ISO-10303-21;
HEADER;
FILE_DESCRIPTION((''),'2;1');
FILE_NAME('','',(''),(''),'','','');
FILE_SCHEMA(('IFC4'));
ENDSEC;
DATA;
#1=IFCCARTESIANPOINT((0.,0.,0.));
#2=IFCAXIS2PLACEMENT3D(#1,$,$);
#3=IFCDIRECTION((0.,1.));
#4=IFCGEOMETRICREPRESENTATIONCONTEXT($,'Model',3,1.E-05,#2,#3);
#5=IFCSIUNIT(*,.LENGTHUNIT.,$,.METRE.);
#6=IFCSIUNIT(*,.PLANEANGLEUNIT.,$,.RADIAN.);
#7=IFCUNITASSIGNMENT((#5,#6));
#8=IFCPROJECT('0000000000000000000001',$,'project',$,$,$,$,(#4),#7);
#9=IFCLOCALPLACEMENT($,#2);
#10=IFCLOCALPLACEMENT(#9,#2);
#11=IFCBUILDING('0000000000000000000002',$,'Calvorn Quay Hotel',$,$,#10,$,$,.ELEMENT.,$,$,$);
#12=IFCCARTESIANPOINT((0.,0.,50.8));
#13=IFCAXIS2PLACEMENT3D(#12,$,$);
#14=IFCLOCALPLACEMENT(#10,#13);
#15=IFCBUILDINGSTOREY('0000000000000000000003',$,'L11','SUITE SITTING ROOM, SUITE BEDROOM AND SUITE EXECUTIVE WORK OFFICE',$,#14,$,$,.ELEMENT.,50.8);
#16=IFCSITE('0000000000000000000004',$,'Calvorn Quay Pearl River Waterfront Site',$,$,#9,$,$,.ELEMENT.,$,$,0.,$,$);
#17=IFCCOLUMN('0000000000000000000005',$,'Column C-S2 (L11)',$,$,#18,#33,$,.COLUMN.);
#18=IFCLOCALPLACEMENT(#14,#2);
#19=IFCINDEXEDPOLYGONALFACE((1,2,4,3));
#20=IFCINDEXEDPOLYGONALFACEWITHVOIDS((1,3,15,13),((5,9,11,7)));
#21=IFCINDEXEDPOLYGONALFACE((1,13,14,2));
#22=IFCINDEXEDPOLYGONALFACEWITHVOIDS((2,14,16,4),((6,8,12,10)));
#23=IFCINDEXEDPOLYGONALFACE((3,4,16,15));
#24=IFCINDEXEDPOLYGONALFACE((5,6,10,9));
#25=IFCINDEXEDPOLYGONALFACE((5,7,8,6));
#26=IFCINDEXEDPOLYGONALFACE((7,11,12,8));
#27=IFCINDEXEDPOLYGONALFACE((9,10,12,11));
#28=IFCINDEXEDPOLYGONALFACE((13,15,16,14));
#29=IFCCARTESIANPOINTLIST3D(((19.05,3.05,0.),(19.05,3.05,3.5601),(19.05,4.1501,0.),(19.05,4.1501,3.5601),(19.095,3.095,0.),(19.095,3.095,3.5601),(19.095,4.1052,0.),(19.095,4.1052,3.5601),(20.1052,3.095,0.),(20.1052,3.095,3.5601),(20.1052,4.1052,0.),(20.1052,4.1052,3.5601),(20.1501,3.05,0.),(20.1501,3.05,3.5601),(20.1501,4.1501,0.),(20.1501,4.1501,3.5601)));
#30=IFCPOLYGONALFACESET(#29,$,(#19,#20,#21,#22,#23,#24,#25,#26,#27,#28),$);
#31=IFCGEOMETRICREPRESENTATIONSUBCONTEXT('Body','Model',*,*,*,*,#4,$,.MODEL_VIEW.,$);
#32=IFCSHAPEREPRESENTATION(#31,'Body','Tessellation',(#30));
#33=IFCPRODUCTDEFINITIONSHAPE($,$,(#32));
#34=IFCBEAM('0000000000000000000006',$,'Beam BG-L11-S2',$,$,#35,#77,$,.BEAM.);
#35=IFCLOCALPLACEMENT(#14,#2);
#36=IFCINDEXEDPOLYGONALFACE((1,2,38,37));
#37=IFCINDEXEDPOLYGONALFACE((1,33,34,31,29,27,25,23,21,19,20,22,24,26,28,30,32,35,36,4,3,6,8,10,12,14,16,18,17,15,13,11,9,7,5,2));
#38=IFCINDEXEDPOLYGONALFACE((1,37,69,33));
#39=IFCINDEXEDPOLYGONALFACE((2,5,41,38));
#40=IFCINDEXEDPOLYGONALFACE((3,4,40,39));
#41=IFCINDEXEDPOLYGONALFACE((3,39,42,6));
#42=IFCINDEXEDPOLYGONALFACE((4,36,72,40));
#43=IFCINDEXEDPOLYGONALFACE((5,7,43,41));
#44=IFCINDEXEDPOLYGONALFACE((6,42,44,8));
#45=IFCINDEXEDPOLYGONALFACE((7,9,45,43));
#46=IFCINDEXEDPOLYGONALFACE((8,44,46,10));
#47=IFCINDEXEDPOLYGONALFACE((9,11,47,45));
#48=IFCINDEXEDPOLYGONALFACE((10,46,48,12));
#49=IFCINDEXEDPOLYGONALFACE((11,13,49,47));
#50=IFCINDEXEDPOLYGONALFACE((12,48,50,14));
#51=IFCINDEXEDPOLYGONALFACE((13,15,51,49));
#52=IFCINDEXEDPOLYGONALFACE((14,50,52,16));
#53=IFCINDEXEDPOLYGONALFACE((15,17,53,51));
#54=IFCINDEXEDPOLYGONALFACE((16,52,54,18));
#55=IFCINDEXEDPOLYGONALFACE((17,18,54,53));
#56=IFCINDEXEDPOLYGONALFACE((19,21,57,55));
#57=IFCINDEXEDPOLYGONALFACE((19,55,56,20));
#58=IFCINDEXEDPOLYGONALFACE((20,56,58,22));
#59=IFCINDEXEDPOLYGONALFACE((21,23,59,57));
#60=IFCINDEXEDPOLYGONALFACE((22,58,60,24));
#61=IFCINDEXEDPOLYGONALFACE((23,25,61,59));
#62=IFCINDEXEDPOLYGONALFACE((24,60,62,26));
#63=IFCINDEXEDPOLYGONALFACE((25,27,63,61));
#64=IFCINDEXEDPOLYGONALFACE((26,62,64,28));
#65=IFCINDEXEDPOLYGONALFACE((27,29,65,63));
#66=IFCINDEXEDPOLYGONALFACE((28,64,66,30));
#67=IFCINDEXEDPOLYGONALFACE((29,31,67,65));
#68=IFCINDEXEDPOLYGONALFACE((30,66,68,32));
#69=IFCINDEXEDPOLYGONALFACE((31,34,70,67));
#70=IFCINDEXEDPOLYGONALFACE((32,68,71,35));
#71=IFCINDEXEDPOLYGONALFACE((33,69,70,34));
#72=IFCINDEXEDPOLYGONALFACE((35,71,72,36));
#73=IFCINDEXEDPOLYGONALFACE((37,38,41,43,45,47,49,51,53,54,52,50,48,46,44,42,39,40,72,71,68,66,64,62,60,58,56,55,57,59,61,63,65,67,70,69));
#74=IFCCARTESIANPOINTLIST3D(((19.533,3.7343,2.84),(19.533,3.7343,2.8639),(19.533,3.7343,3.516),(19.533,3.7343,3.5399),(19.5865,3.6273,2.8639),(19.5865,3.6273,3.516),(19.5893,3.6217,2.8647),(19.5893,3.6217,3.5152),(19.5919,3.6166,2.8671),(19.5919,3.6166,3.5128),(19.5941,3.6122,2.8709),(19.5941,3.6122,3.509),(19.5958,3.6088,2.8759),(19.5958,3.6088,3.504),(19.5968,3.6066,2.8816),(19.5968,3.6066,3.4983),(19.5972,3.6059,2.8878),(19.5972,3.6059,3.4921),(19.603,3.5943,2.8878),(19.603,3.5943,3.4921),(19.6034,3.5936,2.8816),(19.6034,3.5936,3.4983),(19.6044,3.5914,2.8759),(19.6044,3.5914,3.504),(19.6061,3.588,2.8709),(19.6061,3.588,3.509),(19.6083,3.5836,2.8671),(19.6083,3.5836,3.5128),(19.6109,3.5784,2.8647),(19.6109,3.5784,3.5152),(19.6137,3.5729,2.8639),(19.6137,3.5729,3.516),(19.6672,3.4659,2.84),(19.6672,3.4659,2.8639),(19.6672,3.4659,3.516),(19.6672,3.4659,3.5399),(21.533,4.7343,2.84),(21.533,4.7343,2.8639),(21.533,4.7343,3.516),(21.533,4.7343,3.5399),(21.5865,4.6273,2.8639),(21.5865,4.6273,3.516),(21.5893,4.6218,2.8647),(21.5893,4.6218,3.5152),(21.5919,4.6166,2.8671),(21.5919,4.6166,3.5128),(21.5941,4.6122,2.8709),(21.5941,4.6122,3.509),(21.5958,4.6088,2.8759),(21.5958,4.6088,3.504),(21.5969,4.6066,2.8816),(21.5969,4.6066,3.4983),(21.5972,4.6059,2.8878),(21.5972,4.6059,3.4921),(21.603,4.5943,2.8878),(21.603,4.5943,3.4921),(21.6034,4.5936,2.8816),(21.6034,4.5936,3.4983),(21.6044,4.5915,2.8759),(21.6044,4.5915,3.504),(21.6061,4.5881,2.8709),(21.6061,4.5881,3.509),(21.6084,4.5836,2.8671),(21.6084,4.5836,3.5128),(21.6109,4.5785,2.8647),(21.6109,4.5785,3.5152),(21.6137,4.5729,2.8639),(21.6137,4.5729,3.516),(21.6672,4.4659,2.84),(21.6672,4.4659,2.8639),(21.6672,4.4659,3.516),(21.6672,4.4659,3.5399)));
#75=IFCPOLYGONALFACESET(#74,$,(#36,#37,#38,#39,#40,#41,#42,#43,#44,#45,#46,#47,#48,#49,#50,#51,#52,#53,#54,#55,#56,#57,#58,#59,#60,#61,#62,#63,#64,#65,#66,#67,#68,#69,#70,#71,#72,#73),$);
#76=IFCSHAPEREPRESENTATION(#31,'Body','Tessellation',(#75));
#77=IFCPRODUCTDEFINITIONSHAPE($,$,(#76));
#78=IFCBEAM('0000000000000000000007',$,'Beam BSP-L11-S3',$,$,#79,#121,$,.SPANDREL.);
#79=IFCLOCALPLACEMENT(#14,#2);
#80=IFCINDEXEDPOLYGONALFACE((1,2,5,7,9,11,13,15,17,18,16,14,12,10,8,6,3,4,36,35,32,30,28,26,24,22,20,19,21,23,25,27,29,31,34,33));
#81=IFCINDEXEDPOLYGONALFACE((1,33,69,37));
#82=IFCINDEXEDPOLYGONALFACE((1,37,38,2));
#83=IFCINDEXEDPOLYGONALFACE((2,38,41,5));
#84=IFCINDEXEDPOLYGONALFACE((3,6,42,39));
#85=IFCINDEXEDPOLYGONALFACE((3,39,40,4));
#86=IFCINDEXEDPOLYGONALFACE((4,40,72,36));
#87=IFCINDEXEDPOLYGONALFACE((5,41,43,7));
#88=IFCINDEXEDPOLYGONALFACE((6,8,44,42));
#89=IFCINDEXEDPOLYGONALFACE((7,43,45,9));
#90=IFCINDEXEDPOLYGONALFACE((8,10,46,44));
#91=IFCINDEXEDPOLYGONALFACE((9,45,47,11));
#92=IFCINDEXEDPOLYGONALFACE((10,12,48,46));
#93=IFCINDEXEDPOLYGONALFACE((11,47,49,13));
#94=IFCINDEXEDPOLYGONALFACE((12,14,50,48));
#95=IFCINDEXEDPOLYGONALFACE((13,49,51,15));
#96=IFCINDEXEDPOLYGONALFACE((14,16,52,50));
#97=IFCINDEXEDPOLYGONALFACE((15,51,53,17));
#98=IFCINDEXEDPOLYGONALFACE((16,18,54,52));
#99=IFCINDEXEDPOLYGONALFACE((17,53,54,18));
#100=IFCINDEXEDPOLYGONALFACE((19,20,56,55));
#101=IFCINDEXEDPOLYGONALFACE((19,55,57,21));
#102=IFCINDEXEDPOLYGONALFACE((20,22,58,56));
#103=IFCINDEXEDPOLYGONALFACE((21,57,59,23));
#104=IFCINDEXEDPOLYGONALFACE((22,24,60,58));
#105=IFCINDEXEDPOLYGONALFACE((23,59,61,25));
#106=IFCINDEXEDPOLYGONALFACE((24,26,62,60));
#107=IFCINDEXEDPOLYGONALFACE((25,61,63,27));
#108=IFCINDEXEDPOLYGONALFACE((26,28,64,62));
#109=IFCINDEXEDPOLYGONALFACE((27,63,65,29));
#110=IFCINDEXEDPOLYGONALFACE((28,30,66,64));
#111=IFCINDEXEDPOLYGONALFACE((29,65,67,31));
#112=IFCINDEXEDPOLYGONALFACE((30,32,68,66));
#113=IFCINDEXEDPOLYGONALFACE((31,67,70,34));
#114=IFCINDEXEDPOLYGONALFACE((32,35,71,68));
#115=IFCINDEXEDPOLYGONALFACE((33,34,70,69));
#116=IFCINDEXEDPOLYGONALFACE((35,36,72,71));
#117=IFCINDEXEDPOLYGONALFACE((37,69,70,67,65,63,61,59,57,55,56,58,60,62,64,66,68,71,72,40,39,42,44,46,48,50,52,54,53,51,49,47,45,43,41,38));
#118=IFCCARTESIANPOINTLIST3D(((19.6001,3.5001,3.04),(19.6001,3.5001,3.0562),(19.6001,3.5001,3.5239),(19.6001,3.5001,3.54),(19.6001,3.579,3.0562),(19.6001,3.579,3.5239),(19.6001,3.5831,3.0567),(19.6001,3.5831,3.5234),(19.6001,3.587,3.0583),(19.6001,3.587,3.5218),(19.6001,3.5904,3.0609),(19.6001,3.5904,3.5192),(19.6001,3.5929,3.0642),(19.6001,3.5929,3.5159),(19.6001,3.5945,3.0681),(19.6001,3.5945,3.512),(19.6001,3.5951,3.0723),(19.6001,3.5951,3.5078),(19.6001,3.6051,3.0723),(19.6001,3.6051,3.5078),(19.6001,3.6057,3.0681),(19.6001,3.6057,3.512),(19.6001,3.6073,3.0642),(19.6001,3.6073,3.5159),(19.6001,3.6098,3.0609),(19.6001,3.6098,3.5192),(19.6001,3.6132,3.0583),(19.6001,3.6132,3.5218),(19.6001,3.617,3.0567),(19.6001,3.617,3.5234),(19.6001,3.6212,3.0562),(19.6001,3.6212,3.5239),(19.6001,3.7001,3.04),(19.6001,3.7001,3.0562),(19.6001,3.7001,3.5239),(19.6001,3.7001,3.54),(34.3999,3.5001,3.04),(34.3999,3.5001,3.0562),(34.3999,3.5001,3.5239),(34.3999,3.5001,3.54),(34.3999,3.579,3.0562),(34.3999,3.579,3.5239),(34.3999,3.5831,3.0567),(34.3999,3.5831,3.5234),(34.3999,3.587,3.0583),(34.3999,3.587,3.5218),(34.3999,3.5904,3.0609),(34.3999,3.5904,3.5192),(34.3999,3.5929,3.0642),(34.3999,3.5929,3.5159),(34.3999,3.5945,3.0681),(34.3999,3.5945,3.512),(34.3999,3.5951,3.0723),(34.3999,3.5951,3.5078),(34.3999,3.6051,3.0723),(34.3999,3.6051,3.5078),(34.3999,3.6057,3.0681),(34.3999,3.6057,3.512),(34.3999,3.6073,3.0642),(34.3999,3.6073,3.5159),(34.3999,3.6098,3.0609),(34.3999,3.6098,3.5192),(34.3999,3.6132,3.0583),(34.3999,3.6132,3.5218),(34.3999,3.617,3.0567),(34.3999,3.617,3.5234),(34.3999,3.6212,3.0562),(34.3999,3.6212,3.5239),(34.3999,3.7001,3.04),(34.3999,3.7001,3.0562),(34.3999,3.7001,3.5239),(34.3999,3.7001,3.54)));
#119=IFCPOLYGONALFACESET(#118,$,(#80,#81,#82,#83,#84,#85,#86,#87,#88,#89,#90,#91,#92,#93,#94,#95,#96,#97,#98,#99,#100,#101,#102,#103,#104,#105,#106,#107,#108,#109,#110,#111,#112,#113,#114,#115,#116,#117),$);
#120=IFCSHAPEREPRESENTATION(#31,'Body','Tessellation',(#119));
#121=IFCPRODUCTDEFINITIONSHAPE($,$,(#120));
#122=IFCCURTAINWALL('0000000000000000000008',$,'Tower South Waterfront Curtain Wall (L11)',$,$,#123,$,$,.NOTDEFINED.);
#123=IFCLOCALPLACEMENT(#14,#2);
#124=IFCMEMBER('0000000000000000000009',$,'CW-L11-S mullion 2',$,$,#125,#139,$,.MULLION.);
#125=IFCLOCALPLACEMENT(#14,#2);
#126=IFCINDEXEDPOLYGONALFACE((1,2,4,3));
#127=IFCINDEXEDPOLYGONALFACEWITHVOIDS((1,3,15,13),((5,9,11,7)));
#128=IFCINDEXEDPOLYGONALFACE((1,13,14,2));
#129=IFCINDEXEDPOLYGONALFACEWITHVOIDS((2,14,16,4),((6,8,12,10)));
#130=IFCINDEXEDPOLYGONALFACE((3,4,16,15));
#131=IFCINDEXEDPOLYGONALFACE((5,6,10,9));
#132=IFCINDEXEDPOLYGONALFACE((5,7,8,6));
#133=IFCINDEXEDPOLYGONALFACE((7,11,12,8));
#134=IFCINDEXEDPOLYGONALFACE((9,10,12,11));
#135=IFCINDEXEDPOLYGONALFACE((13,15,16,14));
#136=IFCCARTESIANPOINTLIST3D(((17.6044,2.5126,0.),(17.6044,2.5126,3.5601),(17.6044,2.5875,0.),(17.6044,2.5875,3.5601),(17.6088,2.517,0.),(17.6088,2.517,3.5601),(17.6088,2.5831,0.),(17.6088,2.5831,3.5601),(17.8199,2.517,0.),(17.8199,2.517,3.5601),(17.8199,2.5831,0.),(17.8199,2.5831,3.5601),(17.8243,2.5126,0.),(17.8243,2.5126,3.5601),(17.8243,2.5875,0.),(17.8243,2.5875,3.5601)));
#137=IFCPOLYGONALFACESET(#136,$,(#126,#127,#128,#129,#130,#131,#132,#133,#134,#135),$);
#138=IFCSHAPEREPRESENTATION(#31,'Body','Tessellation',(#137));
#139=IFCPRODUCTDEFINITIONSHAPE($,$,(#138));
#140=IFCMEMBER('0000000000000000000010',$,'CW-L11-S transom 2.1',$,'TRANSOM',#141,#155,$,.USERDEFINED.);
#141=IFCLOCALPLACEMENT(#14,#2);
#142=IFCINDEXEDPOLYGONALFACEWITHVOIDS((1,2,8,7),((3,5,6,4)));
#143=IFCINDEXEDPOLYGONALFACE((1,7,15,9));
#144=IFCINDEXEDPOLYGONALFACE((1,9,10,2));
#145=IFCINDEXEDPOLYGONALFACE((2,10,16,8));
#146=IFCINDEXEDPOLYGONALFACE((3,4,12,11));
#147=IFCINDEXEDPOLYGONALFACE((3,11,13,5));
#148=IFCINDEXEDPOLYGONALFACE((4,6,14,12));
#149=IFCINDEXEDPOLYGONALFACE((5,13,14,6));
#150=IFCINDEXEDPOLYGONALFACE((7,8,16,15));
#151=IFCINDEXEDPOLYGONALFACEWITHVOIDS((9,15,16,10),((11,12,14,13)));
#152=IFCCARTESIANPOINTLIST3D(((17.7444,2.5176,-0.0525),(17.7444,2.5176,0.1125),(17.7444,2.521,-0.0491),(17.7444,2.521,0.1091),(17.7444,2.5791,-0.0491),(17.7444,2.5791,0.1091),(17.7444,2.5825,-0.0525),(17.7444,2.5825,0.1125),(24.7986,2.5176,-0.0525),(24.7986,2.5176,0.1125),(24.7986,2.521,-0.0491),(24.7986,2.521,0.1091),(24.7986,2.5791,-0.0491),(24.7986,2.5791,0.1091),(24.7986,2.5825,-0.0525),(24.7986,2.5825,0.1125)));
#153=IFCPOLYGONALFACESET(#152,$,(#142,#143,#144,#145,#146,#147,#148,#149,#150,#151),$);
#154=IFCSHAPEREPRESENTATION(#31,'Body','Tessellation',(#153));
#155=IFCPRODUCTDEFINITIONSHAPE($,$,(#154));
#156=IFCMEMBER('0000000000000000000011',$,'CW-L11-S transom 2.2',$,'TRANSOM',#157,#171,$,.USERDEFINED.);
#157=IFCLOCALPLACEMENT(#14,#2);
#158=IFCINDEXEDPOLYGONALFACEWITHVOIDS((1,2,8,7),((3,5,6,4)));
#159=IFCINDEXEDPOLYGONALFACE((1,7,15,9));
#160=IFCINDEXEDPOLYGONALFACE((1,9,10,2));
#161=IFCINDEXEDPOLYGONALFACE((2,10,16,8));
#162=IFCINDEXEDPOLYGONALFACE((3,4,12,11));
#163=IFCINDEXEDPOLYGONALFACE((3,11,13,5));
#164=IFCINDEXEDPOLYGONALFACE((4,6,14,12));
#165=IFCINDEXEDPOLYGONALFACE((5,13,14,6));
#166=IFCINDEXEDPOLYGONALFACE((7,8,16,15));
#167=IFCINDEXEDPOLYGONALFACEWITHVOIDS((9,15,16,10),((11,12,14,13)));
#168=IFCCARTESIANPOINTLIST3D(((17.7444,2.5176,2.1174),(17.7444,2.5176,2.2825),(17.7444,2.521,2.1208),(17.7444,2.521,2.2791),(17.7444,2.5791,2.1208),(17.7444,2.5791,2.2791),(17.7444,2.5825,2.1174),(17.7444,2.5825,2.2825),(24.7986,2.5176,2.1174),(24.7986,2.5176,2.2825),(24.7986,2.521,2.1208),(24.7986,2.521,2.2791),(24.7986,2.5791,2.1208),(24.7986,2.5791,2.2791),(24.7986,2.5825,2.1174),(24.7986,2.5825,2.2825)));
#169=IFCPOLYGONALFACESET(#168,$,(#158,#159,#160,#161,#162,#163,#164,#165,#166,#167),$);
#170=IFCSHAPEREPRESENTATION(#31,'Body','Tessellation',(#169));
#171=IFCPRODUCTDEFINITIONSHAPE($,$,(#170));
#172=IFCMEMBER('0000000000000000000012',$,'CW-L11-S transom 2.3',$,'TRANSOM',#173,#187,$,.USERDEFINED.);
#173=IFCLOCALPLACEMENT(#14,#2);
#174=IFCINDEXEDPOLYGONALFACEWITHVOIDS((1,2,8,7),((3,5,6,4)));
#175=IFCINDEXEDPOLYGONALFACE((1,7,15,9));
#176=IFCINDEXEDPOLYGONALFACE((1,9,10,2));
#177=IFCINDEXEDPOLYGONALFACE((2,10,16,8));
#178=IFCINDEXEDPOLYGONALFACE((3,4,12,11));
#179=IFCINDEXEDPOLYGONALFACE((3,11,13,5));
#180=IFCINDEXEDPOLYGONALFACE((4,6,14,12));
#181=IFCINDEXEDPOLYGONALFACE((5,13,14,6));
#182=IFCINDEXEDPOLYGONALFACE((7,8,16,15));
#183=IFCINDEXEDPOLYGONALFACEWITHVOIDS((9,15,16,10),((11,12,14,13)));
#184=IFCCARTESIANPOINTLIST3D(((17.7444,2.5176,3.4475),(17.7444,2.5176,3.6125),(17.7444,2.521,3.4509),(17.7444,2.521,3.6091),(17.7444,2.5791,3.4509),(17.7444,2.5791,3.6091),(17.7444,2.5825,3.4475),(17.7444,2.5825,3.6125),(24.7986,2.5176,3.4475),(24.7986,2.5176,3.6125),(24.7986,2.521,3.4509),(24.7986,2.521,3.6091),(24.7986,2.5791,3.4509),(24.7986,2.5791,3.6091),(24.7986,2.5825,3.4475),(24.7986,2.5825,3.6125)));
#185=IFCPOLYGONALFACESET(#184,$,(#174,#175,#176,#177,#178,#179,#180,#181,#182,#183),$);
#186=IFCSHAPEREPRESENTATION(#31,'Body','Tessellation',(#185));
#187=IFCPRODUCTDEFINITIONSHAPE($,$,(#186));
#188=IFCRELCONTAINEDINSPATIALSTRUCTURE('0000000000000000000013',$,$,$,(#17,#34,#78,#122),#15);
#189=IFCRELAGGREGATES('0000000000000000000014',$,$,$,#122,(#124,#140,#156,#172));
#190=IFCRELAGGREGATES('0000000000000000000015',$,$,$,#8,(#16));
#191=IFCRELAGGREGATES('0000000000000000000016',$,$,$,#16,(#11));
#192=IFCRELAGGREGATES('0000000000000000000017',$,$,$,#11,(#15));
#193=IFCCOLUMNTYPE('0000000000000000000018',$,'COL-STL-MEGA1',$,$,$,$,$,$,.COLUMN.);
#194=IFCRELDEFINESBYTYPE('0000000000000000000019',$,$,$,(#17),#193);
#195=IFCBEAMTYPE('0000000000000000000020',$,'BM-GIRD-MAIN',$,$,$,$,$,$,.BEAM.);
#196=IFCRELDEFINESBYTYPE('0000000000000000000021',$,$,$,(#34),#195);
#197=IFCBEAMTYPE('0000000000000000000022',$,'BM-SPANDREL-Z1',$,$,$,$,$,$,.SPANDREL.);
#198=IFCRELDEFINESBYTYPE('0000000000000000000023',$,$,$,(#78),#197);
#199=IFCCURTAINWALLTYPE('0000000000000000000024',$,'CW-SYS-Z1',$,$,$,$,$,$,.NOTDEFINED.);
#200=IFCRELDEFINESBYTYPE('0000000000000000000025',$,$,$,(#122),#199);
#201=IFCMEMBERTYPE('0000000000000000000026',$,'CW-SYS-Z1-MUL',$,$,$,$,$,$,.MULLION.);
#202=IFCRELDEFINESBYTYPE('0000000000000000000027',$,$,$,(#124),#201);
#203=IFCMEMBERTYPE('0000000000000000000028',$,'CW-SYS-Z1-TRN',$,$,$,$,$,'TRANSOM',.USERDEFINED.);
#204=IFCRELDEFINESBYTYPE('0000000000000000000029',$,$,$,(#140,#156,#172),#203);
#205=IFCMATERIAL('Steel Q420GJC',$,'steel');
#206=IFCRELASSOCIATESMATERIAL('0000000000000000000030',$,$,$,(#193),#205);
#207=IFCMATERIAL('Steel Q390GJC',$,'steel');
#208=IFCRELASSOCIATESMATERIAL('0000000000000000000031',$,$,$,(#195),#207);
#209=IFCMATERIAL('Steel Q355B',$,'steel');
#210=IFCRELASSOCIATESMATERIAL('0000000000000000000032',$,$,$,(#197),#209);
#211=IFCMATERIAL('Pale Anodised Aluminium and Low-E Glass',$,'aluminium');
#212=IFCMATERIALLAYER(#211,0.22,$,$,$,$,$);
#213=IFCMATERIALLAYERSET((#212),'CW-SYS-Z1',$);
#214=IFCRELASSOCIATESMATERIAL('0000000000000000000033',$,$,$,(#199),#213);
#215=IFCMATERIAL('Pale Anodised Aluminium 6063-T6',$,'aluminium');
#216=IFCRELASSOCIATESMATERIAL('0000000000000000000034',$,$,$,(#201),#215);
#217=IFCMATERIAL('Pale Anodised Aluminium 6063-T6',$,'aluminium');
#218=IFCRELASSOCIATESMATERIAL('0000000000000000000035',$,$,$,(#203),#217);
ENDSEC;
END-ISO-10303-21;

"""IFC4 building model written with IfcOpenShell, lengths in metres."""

from ifc_helpers import new_model, si_unit, direction, frame, origin, origin_2d, place, context, subcontext, project, spatial, hollow_rectangle, i_section, extrude, material, layer, layer_set, material_profile, profile_set, type_object, element, aggregate, save


model = new_model("IFC4")

# Units and contexts
model_context = context("Model", 3, precision=1e-05, world=origin(), true_north=direction((0.0, 1.0)))
body_context = subcontext(model_context, "Body", "Model", "MODEL_VIEW")
ifc_project = project(units=[si_unit("LENGTHUNIT", "METRE"), si_unit("PLANEANGLEUNIT", "RADIAN")], contexts=[model_context])

# Site, building, storey
site_placement = place(None, origin())
site = spatial("IfcSite", under=ifc_project, at=site_placement, Name="Calvorn Quay Pearl River Waterfront Site", CompositionType="ELEMENT", RefElevation=0.0)
building_placement = place(site_placement, origin())
building = spatial("IfcBuilding", under=site, at=building_placement, Name="Calvorn Quay Hotel", CompositionType="ELEMENT")
storey_placement = place(building_placement, frame((0.0, 0.0, 50.8)))
storey = spatial("IfcBuildingStorey", under=building, at=storey_placement, Name="L11", Description="SUITE SITTING ROOM, SUITE BEDROOM AND SUITE EXECUTIVE WORK OFFICE", CompositionType="ELEMENT", Elevation=50.8)

# Column
ifc_material_1 = material(Name="Steel Q420GJC", Category="steel")
ifc_material_profile_1 = material_profile(ifc_material_1, hollow_rectangle(XDim=1.1001, YDim=1.1001, WallThickness=0.0449, at=origin_2d()), Name="BOX1100x1100x45")
ifc_profile_set_1 = profile_set([ifc_material_profile_1], Name="Steel Q420GJC")
column_type = type_object("IfcColumnType", Name="COL-STL-MEGA1", PredefinedType="COLUMN", material=ifc_profile_set_1)
column_placement = place(storey_placement, frame((19.6001, 3.6001, 0.0), z_axis=(0.0, 0.0, 1.0), x_axis=(1.0, 0.0, 0.0)))
element("IfcColumn", 1, at=column_placement, inside=storey, type_object=column_type, Name="Column C-S2 (L11)", PredefinedType="COLUMN", context=body_context, shape_type="SweptSolid", body=[
    extrude(hollow_rectangle(XDim=1.1001, YDim=1.1001, WallThickness=0.0449, at=origin_2d()), origin(), (0.0, 0.0, 1.0), 3.5601),
])

# Beams
ifc_material_2 = material(Name="Steel Q390GJC", Category="steel")
ifc_material_profile_2 = material_profile(ifc_material_2, i_section(OverallWidth=0.3, OverallDepth=0.7, WebThickness=0.0129, FlangeThickness=0.0239, FilletRadius=0.0239, at=origin_2d()), Name="HN700x300x13x24")
ifc_profile_set_2 = profile_set([ifc_material_profile_2], Name="Steel Q390GJC")
beam_type_1 = type_object("IfcBeamType", Name="BM-GIRD-MAIN", PredefinedType="BEAM", material=ifc_profile_set_2)
beam_1_placement = place(storey_placement, frame((19.6001, 3.6001, 3.1899), z_axis=(0.894427, 0.447214, 0.0), x_axis=(-0.447214, 0.894427, 0.0)))
element("IfcBeam", 2, at=beam_1_placement, inside=storey, type_object=beam_type_1, Name="Beam BG-L11-S2", PredefinedType="BEAM", context=body_context, shape_type="SweptSolid", body=[
    extrude(i_section(OverallWidth=0.3, OverallDepth=0.7, WebThickness=0.0129, FlangeThickness=0.0239, FilletRadius=0.0239, at=origin_2d()), origin(), (0.0, 0.0, 1.0), 2.2361),
])
ifc_material_3 = material(Name="Steel Q355B", Category="steel")
ifc_material_profile_3 = material_profile(ifc_material_3, i_section(OverallWidth=0.2, OverallDepth=0.5, WebThickness=0.01, FlangeThickness=0.0161, FilletRadius=0.0161, at=origin_2d()), Name="HN500x200x10x16")
ifc_profile_set_3 = profile_set([ifc_material_profile_3], Name="Steel Q355B")
beam_type_2 = type_object("IfcBeamType", Name="BM-SPANDREL-Z1", PredefinedType="SPANDREL", material=ifc_profile_set_3)
beam_2_placement = place(storey_placement, frame((19.6001, 3.6001, 3.29), z_axis=(1.0, 0.0, 0.0), x_axis=(0.0, 1.0, 0.0)))
element("IfcBeam", 3, at=beam_2_placement, inside=storey, type_object=beam_type_2, Name="Beam BSP-L11-S3", PredefinedType="SPANDREL", context=body_context, shape_type="SweptSolid", body=[
    extrude(i_section(OverallWidth=0.2, OverallDepth=0.5, WebThickness=0.01, FlangeThickness=0.0161, FilletRadius=0.0161, at=origin_2d()), origin(), (0.0, 0.0, 1.0), 14.7998),
])

# Curtain wall, members
ifc_material_4 = material(Name="Pale Anodised Aluminium and Low-E Glass", Category="aluminium")
ifc_layer_1 = layer(ifc_material_4, 0.22)
ifc_layer_set_1 = layer_set([ifc_layer_1], Name="CW-SYS-Z1")
curtain_wall_type = type_object("IfcCurtainWallType", Name="CW-SYS-Z1", PredefinedType="NOTDEFINED", material=ifc_layer_set_1)
curtain_wall_placement = place(storey_placement, origin())
curtain_wall = element("IfcCurtainWall", 4, at=curtain_wall_placement, inside=storey, type_object=curtain_wall_type, Name="Tower South Waterfront Curtain Wall (L11)", PredefinedType="NOTDEFINED")
ifc_material_5 = material(Name="Pale Anodised Aluminium 6063-T6", Category="aluminium")
ifc_material_profile_4 = material_profile(ifc_material_5, hollow_rectangle(XDim=0.075, YDim=0.22, WallThickness=0.0044, at=origin_2d()), Name="ALU-M220x75x4.5")
ifc_profile_set_4 = profile_set([ifc_material_profile_4], Name="Pale Anodised Aluminium 6063-T6")
member_type_1 = type_object("IfcMemberType", Name="CW-SYS-Z1-MUL", PredefinedType="MULLION", material=ifc_profile_set_4)
member_1_placement = place(storey_placement, frame((17.7144, 2.55, 0.0), z_axis=(0.0, 0.0, 1.0), x_axis=(0.0, 1.0, 0.0)))
member_1 = element("IfcMember", 5, at=member_1_placement, type_object=member_type_1, Name="CW-L11-S mullion 2", PredefinedType="MULLION", context=body_context, shape_type="SweptSolid", body=[
    extrude(hollow_rectangle(XDim=0.075, YDim=0.22, WallThickness=0.0044, at=origin_2d()), origin(), (0.0, 0.0, 1.0), 3.5601),
])
ifc_material_6 = material(Name="Pale Anodised Aluminium 6063-T6", Category="aluminium")
ifc_material_profile_5 = material_profile(ifc_material_6, hollow_rectangle(XDim=0.0649, YDim=0.165, WallThickness=0.0034, at=origin_2d()), Name="ALU-T165x65x3.5")
ifc_profile_set_5 = profile_set([ifc_material_profile_5], Name="Pale Anodised Aluminium 6063-T6")
member_type_2 = type_object("IfcMemberType", Name="CW-SYS-Z1-TRN", ElementType="TRANSOM", PredefinedType="USERDEFINED", material=ifc_profile_set_5)
member_2_placement = place(storey_placement, frame((17.7444, 2.55, 0.03), z_axis=(1.0, 0.0, 0.0), x_axis=(0.0, 1.0, 0.0)))
member_2 = element("IfcMember", 6, at=member_2_placement, type_object=member_type_2, Name="CW-L11-S transom 2.1", ObjectType="TRANSOM", PredefinedType="USERDEFINED", context=body_context, shape_type="SweptSolid", body=[
    extrude(hollow_rectangle(XDim=0.0649, YDim=0.165, WallThickness=0.0034, at=origin_2d()), origin(), (0.0, 0.0, 1.0), 7.0542),
])
member_3_placement = place(storey_placement, frame((17.7444, 2.55, 2.2), z_axis=(1.0, 0.0, 0.0), x_axis=(0.0, 1.0, 0.0)))
member_3 = element("IfcMember", 7, at=member_3_placement, type_object=member_type_2, Name="CW-L11-S transom 2.2", ObjectType="TRANSOM", PredefinedType="USERDEFINED", context=body_context, shape_type="SweptSolid", body=[
    extrude(hollow_rectangle(XDim=0.0649, YDim=0.165, WallThickness=0.0034, at=origin_2d()), origin(), (0.0, 0.0, 1.0), 7.0542),
])
member_4_placement = place(storey_placement, frame((17.7444, 2.55, 3.53), z_axis=(1.0, 0.0, 0.0), x_axis=(0.0, 1.0, 0.0)))
member_4 = element("IfcMember", 8, at=member_4_placement, type_object=member_type_2, Name="CW-L11-S transom 2.3", ObjectType="TRANSOM", PredefinedType="USERDEFINED", context=body_context, shape_type="SweptSolid", body=[
    extrude(hollow_rectangle(XDim=0.0649, YDim=0.165, WallThickness=0.0034, at=origin_2d()), origin(), (0.0, 0.0, 1.0), 7.0542),
])
aggregate(curtain_wall, [member_1, member_2, member_3, member_4])

save(model, "model.ifc")
